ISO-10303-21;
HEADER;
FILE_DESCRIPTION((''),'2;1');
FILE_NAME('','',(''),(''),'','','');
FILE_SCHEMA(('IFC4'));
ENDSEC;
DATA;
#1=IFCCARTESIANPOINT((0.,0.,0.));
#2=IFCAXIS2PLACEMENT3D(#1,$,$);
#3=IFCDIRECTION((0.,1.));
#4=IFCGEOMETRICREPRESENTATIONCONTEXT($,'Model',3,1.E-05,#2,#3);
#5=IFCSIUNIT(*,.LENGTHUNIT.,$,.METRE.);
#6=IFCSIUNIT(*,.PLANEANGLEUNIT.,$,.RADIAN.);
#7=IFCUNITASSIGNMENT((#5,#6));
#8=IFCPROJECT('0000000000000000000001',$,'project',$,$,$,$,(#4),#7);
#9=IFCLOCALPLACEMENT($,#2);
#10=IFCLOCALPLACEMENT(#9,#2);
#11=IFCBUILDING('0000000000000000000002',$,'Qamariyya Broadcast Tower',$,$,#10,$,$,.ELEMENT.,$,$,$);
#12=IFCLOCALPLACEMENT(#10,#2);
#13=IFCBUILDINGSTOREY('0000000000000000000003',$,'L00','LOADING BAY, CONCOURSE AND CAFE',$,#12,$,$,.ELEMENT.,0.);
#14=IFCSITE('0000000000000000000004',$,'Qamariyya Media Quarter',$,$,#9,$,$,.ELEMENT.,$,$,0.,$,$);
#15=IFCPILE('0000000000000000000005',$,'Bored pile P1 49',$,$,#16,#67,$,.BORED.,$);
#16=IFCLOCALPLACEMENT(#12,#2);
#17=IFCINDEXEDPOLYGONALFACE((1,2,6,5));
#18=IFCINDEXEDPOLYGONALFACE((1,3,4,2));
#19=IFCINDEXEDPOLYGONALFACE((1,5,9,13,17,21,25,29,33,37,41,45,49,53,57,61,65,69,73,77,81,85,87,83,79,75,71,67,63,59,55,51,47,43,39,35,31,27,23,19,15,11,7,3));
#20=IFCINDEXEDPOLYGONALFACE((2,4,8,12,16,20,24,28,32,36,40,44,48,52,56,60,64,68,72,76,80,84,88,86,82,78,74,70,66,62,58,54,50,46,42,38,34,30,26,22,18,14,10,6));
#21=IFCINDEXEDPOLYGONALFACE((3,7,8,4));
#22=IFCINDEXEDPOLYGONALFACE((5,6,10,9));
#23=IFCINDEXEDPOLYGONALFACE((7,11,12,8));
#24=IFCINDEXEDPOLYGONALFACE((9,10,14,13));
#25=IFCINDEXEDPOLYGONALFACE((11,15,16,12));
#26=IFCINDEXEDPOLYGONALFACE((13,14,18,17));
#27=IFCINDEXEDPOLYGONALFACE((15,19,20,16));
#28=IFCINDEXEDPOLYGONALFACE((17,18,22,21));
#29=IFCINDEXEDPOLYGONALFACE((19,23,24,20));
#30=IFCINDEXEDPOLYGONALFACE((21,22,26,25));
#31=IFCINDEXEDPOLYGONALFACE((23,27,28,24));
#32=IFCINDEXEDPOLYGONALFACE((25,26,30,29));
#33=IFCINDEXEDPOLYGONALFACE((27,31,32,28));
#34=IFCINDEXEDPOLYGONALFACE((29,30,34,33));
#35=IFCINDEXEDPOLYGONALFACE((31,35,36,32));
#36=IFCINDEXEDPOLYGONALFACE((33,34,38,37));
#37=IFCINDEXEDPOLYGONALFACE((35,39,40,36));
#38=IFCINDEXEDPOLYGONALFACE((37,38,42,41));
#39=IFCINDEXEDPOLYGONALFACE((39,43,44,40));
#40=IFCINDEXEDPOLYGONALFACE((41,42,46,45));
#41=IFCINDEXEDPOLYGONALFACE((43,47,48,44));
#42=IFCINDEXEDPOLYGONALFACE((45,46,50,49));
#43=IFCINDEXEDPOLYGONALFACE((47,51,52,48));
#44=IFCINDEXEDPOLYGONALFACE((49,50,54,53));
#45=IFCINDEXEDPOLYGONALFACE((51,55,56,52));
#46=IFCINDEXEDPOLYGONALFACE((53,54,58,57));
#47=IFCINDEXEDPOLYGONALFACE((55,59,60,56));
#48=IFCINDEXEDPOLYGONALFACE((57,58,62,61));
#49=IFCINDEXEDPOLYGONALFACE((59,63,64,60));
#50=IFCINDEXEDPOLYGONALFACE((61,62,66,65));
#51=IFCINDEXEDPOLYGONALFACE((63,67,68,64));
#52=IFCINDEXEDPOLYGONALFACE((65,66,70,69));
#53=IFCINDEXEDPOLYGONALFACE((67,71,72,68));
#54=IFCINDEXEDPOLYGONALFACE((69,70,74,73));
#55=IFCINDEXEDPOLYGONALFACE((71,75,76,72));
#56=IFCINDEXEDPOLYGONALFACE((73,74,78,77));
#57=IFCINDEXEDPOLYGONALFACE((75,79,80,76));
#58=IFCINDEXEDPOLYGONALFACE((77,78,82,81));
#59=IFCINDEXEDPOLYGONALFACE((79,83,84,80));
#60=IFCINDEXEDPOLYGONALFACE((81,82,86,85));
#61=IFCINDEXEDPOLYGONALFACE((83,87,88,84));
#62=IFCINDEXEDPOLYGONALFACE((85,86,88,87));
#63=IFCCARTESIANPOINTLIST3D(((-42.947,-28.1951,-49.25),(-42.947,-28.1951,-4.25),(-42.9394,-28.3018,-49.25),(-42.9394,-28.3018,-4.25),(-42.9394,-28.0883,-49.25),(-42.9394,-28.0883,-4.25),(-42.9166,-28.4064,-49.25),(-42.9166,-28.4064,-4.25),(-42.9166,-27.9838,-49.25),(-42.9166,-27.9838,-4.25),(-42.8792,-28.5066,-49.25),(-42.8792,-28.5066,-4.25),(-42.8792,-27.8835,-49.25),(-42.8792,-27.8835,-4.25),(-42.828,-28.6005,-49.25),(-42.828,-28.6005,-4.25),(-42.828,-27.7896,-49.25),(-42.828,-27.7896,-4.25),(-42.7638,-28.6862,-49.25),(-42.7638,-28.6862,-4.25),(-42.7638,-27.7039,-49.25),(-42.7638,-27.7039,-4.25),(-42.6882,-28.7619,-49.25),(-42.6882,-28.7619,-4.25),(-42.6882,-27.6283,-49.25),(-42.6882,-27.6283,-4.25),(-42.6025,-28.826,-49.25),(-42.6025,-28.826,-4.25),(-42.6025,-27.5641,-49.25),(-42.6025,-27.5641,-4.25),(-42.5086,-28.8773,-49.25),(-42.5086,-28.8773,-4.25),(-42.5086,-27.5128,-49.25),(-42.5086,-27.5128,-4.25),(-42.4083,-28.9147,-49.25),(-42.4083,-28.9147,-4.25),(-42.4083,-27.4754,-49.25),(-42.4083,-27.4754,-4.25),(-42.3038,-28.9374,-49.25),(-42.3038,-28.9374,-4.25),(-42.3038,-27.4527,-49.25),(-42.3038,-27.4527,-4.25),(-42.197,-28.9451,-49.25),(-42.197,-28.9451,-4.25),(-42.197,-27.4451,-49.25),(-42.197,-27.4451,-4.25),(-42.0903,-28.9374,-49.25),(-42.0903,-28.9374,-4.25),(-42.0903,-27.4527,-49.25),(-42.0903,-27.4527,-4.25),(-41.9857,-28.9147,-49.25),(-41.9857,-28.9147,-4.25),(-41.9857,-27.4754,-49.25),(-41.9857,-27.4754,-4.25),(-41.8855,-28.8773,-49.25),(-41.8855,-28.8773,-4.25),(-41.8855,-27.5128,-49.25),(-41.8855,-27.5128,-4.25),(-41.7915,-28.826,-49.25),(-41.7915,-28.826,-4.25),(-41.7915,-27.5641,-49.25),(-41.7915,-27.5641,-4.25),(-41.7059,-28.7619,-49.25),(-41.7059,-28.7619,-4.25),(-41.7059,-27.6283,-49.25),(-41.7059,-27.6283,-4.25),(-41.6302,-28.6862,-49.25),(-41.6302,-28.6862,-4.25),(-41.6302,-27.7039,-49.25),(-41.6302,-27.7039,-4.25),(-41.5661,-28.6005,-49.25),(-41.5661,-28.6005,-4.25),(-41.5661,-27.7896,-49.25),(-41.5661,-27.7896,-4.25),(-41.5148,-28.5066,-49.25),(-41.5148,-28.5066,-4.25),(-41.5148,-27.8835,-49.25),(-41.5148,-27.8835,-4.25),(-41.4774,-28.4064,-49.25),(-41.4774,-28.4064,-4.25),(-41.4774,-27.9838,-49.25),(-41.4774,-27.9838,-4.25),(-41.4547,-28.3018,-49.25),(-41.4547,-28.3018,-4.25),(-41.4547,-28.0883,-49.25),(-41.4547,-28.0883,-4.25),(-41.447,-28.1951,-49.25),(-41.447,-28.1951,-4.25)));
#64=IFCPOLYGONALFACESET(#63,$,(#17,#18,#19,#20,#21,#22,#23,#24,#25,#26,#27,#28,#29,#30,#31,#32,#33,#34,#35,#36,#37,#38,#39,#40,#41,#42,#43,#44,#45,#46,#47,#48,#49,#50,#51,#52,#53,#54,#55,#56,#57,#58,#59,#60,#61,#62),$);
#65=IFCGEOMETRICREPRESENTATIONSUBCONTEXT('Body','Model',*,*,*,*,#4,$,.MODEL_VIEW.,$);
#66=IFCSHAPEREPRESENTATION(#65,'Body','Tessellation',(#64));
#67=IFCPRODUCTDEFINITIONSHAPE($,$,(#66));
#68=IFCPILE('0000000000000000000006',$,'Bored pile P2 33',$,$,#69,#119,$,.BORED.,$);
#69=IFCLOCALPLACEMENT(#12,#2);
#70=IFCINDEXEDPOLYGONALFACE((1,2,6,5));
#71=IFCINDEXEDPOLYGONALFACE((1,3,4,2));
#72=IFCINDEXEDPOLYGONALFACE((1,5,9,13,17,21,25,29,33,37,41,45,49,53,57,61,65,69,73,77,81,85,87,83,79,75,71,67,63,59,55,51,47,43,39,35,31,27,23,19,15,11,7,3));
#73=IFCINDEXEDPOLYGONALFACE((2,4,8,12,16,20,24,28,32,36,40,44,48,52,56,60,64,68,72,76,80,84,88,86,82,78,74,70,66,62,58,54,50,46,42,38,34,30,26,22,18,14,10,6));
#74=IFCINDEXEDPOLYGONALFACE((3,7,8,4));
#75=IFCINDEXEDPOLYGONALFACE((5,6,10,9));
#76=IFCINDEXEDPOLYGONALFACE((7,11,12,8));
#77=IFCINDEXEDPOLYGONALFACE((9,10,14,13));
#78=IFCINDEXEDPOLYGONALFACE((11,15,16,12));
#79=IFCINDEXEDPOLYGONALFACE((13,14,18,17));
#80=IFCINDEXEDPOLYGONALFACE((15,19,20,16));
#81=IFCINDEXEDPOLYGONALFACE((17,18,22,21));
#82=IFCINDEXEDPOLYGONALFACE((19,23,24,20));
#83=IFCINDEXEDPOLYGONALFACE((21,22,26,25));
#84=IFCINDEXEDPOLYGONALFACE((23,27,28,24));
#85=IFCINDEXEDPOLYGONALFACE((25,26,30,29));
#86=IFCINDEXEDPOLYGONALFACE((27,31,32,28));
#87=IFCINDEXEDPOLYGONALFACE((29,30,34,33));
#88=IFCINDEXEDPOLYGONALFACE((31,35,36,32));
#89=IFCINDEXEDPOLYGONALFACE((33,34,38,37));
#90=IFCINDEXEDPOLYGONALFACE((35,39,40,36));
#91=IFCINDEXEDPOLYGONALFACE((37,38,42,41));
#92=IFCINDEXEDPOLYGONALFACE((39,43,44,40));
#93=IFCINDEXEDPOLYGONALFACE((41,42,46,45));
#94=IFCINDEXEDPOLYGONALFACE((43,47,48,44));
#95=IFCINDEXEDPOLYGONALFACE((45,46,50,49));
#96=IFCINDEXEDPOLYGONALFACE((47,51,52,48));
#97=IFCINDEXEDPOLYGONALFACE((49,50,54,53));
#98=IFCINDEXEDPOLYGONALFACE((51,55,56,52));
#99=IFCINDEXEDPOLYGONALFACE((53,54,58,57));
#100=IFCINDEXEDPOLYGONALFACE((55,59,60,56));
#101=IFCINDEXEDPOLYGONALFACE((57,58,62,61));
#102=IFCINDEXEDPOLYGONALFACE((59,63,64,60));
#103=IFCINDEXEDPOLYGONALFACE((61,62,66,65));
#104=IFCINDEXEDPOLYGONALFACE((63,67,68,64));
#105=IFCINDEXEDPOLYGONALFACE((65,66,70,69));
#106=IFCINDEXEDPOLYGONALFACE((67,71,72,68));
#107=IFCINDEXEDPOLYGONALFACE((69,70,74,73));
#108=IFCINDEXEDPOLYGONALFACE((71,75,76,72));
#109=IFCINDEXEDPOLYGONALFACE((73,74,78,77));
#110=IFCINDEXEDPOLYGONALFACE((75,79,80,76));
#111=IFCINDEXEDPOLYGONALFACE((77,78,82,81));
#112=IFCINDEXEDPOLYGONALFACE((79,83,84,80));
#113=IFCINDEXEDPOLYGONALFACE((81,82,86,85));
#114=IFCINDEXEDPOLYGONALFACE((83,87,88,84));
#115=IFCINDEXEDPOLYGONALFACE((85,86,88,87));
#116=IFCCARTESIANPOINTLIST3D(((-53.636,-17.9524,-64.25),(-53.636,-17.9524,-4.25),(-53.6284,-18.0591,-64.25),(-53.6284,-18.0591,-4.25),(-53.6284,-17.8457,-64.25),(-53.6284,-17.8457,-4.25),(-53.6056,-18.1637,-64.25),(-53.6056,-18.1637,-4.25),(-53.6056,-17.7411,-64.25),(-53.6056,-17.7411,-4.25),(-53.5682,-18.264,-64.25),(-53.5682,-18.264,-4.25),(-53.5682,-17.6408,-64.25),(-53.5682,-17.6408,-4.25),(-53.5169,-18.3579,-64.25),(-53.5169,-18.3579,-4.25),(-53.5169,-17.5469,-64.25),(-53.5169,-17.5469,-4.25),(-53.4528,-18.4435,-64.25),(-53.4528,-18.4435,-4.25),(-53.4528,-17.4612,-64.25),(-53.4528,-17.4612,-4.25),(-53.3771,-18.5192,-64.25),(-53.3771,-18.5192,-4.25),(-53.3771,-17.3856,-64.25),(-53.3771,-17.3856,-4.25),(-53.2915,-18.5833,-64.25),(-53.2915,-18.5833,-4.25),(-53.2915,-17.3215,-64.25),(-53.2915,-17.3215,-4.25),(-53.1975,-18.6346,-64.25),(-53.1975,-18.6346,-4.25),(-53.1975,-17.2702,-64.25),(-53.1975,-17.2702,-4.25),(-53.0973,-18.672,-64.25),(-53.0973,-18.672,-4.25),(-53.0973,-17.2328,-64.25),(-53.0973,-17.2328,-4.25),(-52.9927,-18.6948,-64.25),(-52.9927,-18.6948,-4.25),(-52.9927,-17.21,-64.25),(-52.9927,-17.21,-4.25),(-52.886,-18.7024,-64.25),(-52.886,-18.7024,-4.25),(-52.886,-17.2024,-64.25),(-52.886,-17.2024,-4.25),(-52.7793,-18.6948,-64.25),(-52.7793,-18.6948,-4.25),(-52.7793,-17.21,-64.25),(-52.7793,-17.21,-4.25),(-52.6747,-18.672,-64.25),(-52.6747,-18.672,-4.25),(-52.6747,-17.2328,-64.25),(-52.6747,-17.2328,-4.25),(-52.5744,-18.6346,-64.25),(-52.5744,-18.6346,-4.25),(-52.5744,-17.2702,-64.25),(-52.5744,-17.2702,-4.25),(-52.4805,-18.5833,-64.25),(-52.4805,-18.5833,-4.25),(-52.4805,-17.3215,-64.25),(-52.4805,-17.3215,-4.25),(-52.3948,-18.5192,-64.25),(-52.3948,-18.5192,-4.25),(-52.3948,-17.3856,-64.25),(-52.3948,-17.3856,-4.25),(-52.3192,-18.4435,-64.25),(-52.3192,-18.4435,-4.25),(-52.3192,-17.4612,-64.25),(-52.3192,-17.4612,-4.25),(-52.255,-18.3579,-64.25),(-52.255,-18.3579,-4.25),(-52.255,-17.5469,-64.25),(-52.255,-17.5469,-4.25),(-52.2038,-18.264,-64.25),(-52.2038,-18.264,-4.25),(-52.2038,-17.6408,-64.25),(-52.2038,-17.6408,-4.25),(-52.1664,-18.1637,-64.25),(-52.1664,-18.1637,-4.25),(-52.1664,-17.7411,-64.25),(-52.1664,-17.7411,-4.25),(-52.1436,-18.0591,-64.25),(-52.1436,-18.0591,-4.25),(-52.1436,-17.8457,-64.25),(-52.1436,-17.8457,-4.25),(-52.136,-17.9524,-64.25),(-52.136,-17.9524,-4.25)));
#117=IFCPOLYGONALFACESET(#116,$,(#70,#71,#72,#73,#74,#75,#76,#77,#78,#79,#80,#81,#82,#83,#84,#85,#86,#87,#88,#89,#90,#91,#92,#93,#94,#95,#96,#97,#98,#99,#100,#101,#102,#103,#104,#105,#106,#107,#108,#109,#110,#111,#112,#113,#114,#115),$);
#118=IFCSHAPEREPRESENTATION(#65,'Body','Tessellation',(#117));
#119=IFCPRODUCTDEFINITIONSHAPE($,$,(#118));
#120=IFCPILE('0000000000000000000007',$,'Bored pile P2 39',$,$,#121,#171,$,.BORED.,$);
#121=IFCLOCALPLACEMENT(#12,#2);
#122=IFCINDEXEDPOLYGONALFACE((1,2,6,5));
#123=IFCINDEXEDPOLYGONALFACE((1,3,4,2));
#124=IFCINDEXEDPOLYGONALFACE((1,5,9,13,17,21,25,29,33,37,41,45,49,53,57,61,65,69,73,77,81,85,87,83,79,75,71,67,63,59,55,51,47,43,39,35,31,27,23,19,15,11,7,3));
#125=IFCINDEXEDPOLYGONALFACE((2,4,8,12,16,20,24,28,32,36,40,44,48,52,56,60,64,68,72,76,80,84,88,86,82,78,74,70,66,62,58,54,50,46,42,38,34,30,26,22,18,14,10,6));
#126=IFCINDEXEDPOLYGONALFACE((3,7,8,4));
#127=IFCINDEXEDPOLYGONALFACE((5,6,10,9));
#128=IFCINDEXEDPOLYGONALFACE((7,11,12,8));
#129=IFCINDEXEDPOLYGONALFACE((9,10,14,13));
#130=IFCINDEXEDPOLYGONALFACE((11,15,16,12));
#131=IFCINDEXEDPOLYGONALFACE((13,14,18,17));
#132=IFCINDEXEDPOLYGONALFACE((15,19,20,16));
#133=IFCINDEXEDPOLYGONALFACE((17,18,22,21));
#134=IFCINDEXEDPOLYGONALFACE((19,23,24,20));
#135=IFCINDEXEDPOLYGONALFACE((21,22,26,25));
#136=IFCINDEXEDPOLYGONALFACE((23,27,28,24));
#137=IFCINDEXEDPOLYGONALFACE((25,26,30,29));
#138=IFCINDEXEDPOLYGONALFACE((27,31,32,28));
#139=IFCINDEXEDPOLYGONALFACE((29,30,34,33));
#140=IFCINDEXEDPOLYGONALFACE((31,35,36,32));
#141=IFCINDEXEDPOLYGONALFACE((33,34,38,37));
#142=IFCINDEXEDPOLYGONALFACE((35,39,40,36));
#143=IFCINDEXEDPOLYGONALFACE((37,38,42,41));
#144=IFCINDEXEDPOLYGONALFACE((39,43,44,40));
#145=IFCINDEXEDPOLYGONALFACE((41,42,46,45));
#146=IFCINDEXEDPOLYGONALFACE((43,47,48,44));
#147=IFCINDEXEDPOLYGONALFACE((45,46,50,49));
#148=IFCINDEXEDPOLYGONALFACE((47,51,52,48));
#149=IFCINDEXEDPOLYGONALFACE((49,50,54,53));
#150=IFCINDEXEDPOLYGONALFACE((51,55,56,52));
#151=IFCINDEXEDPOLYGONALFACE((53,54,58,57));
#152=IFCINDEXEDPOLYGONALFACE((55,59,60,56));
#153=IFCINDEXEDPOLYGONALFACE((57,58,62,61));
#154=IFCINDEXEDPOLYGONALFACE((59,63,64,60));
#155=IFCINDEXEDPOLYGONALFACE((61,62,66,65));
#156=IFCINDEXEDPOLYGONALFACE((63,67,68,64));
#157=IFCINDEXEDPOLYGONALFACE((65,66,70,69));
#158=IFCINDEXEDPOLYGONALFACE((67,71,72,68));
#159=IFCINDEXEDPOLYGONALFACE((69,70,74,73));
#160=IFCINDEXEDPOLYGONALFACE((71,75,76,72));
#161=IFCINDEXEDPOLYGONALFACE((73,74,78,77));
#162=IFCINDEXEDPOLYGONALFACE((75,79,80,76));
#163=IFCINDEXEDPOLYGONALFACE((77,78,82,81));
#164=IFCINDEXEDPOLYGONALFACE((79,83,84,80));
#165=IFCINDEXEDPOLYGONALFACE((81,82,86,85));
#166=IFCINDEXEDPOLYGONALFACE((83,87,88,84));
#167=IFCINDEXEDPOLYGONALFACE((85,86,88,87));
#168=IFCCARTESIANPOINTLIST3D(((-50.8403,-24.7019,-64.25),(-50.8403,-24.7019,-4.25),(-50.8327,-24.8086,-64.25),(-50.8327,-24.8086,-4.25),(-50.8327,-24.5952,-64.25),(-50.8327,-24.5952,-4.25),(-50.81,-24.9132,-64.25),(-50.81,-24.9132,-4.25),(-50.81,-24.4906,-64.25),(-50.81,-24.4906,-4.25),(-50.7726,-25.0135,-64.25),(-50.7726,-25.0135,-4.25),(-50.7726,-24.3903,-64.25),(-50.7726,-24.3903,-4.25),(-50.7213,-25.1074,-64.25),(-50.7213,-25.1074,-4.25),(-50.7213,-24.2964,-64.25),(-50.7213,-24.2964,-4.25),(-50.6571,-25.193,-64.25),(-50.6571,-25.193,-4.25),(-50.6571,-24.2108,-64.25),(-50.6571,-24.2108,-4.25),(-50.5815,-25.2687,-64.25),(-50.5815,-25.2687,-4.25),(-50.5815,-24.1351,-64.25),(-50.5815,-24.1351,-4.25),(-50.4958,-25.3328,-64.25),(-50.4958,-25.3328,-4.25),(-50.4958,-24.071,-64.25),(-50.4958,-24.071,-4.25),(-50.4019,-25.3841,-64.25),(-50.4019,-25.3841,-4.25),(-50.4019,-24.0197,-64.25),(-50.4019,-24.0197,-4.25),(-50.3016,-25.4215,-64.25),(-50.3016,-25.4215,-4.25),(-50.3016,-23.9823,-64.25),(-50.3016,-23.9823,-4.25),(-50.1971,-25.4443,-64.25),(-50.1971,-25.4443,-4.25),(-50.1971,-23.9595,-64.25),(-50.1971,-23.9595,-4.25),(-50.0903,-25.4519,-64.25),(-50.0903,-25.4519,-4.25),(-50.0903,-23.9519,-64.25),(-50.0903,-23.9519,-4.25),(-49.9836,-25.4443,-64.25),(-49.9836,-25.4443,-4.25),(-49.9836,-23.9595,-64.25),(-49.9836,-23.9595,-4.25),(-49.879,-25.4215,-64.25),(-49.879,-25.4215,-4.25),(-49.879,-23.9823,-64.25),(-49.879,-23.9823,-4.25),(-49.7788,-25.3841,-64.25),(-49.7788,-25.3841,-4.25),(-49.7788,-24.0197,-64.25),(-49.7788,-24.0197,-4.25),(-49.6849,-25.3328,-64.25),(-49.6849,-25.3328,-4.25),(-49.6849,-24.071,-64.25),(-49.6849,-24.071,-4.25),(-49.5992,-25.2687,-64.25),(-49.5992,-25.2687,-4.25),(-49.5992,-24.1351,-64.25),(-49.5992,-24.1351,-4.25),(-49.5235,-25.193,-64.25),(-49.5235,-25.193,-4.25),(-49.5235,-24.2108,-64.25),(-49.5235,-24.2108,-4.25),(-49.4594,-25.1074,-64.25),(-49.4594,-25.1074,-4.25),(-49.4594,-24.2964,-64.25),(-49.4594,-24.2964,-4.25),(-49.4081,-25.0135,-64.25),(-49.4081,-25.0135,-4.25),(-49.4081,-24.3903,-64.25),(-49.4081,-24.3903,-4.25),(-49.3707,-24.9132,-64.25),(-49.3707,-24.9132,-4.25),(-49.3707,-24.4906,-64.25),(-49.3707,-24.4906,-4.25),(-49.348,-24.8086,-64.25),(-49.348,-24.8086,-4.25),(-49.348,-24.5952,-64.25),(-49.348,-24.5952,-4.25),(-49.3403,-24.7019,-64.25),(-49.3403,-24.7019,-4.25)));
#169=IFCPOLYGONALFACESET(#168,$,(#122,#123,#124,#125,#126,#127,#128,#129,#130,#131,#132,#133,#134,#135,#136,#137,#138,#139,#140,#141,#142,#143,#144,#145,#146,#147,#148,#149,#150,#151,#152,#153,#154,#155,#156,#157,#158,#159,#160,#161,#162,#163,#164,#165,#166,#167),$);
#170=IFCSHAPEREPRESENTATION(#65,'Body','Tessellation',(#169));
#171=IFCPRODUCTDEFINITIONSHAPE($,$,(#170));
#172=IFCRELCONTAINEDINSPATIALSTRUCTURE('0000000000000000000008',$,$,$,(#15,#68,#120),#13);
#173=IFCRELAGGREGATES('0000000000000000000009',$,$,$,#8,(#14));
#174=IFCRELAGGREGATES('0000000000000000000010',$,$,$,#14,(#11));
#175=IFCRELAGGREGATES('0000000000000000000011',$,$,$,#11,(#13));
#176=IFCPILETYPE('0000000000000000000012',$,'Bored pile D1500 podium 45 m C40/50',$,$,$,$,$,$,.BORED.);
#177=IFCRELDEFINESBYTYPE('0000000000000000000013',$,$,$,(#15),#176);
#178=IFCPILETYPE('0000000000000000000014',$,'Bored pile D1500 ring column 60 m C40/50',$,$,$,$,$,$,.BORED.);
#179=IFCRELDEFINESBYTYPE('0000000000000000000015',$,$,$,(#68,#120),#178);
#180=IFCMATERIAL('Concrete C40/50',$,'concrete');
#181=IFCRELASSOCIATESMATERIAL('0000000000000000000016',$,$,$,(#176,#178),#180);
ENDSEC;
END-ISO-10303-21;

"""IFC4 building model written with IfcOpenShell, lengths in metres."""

from ifc_helpers import new_model, si_unit, direction, frame, origin, origin_2d, place, context, subcontext, project, spatial, circle, extrude, material, material_profile, profile_set, type_object, element, save


model = new_model("IFC4")

# Units and contexts
model_context = context("Model", 3, precision=1e-05, world=origin(), true_north=direction((0.0, 1.0)))
body_context = subcontext(model_context, "Body", "Model", "MODEL_VIEW")
ifc_project = project(units=[si_unit("LENGTHUNIT", "METRE"), si_unit("PLANEANGLEUNIT", "RADIAN")], contexts=[model_context])

# Site, building, storey
site_placement = place(None, origin())
site = spatial("IfcSite", under=ifc_project, at=site_placement, Name="Qamariyya Media Quarter", CompositionType="ELEMENT", RefElevation=0.0)
building_placement = place(site_placement, origin())
building = spatial("IfcBuilding", under=site, at=building_placement, Name="Qamariyya Broadcast Tower", CompositionType="ELEMENT")
storey_placement = place(building_placement, origin())
storey = spatial("IfcBuildingStorey", under=building, at=storey_placement, Name="L00", Description="LOADING BAY, CONCOURSE AND CAFE", CompositionType="ELEMENT", Elevation=0.0)

# Piles
ifc_material_1 = material(Name="Concrete C40/50", Category="concrete")
ifc_material_profile_1 = material_profile(ifc_material_1, circle(Radius=0.75, at=origin_2d()))
ifc_profile_set_1 = profile_set([ifc_material_profile_1], Name="Concrete C40/50")
pile_type_1 = type_object("IfcPileType", Name="Bored pile D1500 podium 45 m C40/50", PredefinedType="BORED", material=ifc_profile_set_1)
for number, where, z_axis, x_axis, name in (
    (1, (-42.197, -28.1951, -4.25), (0.0, 0.0, -1.0), (1.0, 0.0, 0.0), "Bored pile P1 49"),
):
    element("IfcPile", number, at=place(storey_placement, frame(where, z_axis=z_axis, x_axis=x_axis)), inside=storey, type_object=pile_type_1, Name=name, PredefinedType="BORED", context=body_context, shape_type="SweptSolid", body=[
        extrude(circle(Radius=0.75, at=origin_2d()), origin(), (0.0, 0.0, 1.0), 45.0),
    ])
ifc_material_profile_2 = material_profile(ifc_material_1, circle(Radius=0.75, at=origin_2d()))
ifc_profile_set_2 = profile_set([ifc_material_profile_2], Name="Concrete C40/50")
pile_type_2 = type_object("IfcPileType", Name="Bored pile D1500 ring column 60 m C40/50", PredefinedType="BORED", material=ifc_profile_set_2)
for number, where, z_axis, x_axis, name in (
    (2, (-52.886, -17.9524, -4.25), (0.0, 0.0, -1.0), (1.0, 0.0, 0.0), "Bored pile P2 33"),
    (3, (-50.0903, -24.7019, -4.25), (0.0, 0.0, -1.0), (1.0, 0.0, 0.0), "Bored pile P2 39"),
):
    element("IfcPile", number, at=place(storey_placement, frame(where, z_axis=z_axis, x_axis=x_axis)), inside=storey, type_object=pile_type_2, Name=name, PredefinedType="BORED", context=body_context, shape_type="SweptSolid", body=[
        extrude(circle(Radius=0.75, at=origin_2d()), origin(), (0.0, 0.0, 1.0), 60.0),
    ])

save(model, "model.ifc")
